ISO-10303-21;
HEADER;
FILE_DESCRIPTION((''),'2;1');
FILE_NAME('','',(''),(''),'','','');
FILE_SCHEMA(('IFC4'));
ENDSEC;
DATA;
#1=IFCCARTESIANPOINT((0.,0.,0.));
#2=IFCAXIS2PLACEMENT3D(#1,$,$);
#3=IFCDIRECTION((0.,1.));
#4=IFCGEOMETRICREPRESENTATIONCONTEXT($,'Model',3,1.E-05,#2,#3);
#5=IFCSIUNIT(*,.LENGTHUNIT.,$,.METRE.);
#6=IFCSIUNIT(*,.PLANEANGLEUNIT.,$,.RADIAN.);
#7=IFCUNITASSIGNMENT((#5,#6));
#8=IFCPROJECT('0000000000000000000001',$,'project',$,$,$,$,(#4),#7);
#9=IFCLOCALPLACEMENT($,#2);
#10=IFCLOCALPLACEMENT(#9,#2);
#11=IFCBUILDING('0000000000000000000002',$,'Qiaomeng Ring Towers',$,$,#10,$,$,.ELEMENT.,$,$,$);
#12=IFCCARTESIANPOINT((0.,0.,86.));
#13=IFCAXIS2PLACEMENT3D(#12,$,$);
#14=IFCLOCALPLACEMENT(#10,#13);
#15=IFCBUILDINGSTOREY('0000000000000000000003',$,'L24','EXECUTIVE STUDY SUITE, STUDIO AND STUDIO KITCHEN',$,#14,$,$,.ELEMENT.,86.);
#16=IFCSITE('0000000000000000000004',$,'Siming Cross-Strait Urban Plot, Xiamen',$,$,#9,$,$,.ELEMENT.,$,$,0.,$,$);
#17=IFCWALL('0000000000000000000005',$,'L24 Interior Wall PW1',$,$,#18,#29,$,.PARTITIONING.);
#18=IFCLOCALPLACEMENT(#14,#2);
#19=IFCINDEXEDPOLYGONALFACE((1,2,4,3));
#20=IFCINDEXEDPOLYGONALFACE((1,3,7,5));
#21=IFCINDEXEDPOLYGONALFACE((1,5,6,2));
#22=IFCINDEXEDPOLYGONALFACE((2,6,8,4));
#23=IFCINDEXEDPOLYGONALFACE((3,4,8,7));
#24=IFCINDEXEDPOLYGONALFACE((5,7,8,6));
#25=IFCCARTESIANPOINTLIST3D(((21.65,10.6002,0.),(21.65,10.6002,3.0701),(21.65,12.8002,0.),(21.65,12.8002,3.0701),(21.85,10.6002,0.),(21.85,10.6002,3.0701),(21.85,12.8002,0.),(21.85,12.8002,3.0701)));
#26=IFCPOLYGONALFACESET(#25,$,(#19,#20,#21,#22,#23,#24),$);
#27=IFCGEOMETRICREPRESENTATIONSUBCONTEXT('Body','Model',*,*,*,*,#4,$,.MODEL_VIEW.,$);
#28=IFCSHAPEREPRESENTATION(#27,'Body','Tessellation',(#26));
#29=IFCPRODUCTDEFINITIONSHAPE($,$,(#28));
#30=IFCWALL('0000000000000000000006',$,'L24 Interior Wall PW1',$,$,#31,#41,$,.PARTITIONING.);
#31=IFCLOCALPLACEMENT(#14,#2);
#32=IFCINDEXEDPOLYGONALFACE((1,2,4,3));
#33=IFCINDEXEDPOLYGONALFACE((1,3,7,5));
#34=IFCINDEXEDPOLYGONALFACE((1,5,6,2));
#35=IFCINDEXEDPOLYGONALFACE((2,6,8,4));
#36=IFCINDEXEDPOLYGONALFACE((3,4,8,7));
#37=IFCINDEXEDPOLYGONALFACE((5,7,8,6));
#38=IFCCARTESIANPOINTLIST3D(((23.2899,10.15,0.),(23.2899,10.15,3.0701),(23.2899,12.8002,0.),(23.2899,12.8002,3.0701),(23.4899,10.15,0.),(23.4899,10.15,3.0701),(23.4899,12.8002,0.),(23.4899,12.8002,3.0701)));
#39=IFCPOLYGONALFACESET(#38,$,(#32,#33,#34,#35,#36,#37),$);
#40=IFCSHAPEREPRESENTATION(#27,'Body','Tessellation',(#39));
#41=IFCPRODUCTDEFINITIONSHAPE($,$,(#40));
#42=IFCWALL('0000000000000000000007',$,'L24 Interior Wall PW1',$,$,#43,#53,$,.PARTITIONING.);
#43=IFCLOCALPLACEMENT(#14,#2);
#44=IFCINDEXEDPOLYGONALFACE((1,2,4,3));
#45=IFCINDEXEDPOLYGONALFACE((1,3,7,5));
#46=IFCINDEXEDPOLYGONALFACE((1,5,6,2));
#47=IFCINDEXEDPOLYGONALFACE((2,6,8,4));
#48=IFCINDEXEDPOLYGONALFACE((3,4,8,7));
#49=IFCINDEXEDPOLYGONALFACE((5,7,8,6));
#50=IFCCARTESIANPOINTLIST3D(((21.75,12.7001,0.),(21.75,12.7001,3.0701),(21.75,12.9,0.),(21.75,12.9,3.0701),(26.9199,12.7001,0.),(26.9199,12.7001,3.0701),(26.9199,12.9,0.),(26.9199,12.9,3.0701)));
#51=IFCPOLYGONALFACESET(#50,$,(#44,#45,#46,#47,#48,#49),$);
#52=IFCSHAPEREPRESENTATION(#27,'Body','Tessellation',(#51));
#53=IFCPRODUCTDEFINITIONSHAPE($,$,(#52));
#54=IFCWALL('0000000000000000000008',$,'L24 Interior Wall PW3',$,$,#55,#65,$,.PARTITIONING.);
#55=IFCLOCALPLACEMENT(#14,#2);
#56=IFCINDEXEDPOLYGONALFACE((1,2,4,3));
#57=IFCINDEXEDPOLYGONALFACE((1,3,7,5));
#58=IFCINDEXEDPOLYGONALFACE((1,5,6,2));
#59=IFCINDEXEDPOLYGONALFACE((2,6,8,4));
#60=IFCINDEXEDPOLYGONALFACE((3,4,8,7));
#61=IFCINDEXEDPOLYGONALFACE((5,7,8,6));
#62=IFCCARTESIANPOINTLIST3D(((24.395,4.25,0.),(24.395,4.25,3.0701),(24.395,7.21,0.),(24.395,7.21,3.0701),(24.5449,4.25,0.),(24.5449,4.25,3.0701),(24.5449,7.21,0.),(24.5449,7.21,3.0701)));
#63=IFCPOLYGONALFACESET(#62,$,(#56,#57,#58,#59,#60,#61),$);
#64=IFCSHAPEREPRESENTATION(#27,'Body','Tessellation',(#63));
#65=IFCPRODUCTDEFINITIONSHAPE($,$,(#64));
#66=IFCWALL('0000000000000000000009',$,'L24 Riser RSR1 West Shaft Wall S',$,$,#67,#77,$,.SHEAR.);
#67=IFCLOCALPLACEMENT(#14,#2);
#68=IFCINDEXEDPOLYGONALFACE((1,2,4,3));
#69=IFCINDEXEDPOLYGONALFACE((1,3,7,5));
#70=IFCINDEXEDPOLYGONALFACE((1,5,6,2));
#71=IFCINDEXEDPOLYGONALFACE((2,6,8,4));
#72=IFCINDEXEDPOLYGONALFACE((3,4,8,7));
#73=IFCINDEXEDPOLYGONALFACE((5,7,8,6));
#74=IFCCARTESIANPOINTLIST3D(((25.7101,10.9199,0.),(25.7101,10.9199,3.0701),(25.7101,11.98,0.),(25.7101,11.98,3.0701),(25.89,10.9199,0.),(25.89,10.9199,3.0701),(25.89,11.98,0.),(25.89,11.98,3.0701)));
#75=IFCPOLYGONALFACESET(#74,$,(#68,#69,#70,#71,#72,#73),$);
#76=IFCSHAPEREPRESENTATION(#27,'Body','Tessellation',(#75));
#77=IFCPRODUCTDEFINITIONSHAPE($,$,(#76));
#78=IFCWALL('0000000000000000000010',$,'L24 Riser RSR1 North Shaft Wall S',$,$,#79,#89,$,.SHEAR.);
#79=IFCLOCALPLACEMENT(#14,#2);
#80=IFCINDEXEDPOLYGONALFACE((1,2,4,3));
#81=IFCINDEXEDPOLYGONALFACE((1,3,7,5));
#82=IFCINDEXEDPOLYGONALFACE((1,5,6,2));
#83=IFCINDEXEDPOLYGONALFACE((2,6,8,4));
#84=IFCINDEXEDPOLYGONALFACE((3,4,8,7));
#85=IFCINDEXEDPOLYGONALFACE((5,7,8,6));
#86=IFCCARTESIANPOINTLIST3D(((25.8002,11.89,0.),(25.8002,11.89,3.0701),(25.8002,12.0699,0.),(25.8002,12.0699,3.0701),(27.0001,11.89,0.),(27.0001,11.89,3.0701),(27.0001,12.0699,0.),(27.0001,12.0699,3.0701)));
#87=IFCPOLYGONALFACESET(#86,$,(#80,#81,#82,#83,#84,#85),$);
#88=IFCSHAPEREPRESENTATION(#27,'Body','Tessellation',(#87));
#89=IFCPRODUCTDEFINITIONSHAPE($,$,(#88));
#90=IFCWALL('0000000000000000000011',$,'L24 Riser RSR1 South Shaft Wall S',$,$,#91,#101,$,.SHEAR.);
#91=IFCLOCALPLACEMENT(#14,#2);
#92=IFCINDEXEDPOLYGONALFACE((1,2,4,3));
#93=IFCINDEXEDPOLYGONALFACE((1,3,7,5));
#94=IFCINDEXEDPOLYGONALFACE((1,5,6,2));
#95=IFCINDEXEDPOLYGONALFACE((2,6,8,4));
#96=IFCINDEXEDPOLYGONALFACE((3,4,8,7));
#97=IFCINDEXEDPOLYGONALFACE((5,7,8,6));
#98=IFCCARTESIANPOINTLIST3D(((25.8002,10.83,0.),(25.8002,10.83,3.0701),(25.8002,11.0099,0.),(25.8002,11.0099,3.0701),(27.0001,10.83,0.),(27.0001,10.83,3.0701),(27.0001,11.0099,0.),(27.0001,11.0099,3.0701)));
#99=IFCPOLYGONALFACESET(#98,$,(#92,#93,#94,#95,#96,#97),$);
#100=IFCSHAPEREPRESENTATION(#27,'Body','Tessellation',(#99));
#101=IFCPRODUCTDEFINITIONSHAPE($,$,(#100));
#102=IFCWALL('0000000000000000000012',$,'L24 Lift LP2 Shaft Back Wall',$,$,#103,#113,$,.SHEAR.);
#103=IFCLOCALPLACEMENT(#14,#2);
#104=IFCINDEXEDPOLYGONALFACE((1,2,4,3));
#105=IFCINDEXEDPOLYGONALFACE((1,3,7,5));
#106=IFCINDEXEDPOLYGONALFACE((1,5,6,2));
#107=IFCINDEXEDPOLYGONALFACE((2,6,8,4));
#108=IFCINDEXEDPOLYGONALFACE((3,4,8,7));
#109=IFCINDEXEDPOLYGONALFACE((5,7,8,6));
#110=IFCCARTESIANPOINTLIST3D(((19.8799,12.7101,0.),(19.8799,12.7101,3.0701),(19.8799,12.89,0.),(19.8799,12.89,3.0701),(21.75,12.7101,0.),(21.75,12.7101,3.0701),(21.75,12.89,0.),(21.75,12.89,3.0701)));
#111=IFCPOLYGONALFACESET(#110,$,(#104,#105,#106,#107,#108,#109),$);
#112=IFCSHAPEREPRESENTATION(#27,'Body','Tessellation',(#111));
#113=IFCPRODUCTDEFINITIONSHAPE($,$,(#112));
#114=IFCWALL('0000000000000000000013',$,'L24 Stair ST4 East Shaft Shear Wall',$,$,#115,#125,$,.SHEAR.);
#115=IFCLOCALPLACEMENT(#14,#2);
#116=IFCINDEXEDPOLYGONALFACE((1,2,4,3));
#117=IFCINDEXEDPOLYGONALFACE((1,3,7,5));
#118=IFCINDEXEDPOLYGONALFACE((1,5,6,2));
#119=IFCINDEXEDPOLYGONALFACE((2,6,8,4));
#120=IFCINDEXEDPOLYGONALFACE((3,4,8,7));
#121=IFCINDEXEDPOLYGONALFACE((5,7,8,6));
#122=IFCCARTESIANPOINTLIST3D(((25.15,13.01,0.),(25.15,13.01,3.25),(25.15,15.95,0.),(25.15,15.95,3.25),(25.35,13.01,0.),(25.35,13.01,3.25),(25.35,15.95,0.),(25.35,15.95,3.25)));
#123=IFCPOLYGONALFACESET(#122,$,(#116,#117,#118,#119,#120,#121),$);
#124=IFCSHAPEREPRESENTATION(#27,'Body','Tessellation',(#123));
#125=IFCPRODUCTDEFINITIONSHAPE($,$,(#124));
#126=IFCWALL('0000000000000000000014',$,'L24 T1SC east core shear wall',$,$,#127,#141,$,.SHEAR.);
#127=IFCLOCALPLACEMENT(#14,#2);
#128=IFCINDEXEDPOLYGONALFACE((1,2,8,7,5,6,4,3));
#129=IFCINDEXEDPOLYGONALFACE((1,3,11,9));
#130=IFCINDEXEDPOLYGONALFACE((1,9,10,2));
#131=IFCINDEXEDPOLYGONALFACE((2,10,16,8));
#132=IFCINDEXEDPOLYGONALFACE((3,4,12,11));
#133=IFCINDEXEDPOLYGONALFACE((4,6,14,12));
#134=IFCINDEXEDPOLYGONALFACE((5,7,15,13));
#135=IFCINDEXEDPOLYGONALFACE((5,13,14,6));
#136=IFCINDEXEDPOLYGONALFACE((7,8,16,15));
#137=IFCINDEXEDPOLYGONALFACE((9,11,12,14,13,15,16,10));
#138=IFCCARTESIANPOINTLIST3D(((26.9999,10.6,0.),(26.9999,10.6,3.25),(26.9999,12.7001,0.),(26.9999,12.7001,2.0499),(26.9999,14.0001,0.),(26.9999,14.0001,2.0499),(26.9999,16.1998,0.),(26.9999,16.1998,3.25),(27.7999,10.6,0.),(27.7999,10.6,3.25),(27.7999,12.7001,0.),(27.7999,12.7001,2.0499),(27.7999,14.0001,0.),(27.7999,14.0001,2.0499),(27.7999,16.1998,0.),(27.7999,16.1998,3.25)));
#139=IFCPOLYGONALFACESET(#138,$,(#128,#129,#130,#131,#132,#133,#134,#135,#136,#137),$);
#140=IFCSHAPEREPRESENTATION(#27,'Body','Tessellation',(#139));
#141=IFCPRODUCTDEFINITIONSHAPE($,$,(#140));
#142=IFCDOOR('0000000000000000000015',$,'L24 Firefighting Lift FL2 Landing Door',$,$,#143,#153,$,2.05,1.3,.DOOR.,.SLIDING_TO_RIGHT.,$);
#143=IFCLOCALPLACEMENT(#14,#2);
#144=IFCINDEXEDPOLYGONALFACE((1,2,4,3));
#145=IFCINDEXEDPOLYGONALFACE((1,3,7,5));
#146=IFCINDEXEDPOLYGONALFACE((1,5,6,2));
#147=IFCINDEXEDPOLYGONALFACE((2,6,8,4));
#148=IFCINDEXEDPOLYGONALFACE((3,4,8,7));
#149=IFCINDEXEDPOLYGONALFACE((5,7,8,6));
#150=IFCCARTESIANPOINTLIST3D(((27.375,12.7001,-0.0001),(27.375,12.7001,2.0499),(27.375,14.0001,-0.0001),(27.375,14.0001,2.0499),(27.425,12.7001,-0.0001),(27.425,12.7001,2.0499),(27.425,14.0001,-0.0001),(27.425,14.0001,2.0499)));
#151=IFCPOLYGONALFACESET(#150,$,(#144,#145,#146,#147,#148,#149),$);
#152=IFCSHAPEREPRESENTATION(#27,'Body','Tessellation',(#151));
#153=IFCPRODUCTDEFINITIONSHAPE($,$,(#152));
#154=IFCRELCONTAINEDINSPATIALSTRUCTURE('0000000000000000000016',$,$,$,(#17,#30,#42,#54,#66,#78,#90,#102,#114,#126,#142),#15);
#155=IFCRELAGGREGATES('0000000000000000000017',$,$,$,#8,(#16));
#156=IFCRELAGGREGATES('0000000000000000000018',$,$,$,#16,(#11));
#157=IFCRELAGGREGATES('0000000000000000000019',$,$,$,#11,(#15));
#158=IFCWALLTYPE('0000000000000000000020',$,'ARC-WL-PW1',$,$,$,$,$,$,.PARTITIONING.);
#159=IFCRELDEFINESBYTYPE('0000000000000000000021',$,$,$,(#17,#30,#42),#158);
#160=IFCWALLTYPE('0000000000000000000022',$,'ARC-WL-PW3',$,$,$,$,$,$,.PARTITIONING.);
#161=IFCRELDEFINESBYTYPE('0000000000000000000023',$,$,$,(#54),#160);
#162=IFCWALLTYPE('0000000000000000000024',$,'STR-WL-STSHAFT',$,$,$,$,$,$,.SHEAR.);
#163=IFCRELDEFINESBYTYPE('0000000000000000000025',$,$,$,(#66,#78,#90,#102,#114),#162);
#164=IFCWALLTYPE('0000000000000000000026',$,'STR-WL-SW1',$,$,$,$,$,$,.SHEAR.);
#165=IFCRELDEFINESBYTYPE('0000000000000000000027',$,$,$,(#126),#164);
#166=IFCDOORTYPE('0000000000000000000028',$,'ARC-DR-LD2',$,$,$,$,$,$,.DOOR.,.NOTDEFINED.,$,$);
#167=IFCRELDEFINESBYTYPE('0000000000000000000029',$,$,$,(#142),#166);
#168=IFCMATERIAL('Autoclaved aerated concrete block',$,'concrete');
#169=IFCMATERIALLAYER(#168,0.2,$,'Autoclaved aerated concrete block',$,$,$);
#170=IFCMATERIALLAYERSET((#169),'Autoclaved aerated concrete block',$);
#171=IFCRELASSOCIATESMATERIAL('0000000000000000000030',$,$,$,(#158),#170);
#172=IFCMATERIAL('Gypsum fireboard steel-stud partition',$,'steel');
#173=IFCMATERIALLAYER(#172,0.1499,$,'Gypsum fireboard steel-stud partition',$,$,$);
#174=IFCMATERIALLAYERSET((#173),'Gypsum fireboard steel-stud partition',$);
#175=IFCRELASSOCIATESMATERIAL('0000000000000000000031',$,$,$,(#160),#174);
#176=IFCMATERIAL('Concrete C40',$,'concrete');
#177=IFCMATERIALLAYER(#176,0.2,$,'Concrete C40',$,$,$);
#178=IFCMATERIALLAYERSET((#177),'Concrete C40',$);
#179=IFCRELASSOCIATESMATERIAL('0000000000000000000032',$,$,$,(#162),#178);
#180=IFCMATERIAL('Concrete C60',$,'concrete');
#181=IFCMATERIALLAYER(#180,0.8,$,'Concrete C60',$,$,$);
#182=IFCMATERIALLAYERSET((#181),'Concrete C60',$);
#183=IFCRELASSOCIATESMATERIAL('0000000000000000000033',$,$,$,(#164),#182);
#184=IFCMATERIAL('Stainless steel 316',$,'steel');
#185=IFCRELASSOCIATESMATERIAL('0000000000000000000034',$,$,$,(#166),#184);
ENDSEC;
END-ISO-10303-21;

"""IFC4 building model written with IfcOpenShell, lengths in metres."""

from ifc_helpers import new_model, si_unit, direction, frame, frame_2d, origin, place, context, subcontext, project, spatial, rectangle, extrude, source, transform, mapped, material, layer, layer_set, type_object, element, fill, save


model = new_model("IFC4")

# Units and contexts
model_context = context("Model", 3, precision=1e-05, world=origin(), true_north=direction((0.0, 1.0)))
body_context = subcontext(model_context, "Body", "Model", "MODEL_VIEW")
ifc_project = project(units=[si_unit("LENGTHUNIT", "METRE"), si_unit("PLANEANGLEUNIT", "RADIAN")], contexts=[model_context])

# Site, building, storey
site_placement = place(None, origin())
site = spatial("IfcSite", under=ifc_project, at=site_placement, Name="Siming Cross-Strait Urban Plot, Xiamen", CompositionType="ELEMENT", RefElevation=0.0)
building_placement = place(site_placement, origin())
building = spatial("IfcBuilding", under=site, at=building_placement, Name="Qiaomeng Ring Towers", CompositionType="ELEMENT")
storey_placement = place(building_placement, frame((0.0, 0.0, 86.0)))
storey = spatial("IfcBuildingStorey", under=building, at=storey_placement, Name="L24", Description="EXECUTIVE STUDY SUITE, STUDIO AND STUDIO KITCHEN", CompositionType="ELEMENT", Elevation=86.0)

# Shared definitions
ifc_material_1 = material(Name="Autoclaved aerated concrete block", Category="concrete")
ifc_layer_1 = layer(ifc_material_1, 0.2, Name="Autoclaved aerated concrete block")
ifc_layer_set_1 = layer_set([ifc_layer_1], Name="Autoclaved aerated concrete block")
wall_type_1 = type_object("IfcWallType", Name="ARC-WL-PW1", PredefinedType="PARTITIONING", material=ifc_layer_set_1)

# Walls
wall_1_placement = place(storey_placement, frame((21.75, 10.6001, 0.0), z_axis=(0.0, 0.0, 1.0), x_axis=(0.0, 1.0, 0.0)))
element("IfcWall", 1, at=wall_1_placement, inside=storey, type_object=wall_type_1, Name="L24 Interior Wall PW1", PredefinedType="PARTITIONING", context=body_context, shape_type="SweptSolid", body=[
    extrude(rectangle(XDim=2.2, YDim=0.2, at=frame_2d((1.1001, 0.0))), origin(), (0.0, 0.0, 1.0), 3.0701),
])
wall_2_placement = place(storey_placement, frame((23.3899, 10.1499, 0.0), z_axis=(0.0, 0.0, 1.0), x_axis=(0.0, 1.0, 0.0)))
element("IfcWall", 2, at=wall_2_placement, inside=storey, type_object=wall_type_1, Name="L24 Interior Wall PW1", PredefinedType="PARTITIONING", context=body_context, shape_type="SweptSolid", body=[
    extrude(rectangle(XDim=2.6501, YDim=0.2, at=frame_2d((1.3252, 0.0))), origin(), (0.0, 0.0, 1.0), 3.0701),
])
wall_3_placement = place(storey_placement, frame((21.75, 12.8, 0.0), z_axis=(0.0, 0.0, 1.0), x_axis=(1.0, 0.0, 0.0)))
element("IfcWall", 3, at=wall_3_placement, inside=storey, type_object=wall_type_1, Name="L24 Interior Wall PW1", PredefinedType="PARTITIONING", context=body_context, shape_type="SweptSolid", body=[
    extrude(rectangle(XDim=5.1699, YDim=0.2, at=frame_2d((2.585, 0.0))), origin(), (0.0, 0.0, 1.0), 3.0701),
])
ifc_material_2 = material(Name="Gypsum fireboard steel-stud partition", Category="steel")
ifc_layer_2 = layer(ifc_material_2, 0.1499, Name="Gypsum fireboard steel-stud partition")
ifc_layer_set_2 = layer_set([ifc_layer_2], Name="Gypsum fireboard steel-stud partition")
wall_type_2 = type_object("IfcWallType", Name="ARC-WL-PW3", PredefinedType="PARTITIONING", material=ifc_layer_set_2)
wall_4_placement = place(storey_placement, frame((24.47, 4.25, 0.0), z_axis=(0.0, 0.0, 1.0), x_axis=(0.0, 1.0, 0.0)))
element("IfcWall", 4, at=wall_4_placement, inside=storey, type_object=wall_type_2, Name="L24 Interior Wall PW3", PredefinedType="PARTITIONING", context=body_context, shape_type="SweptSolid", body=[
    extrude(rectangle(XDim=2.96, YDim=0.1499, at=frame_2d((1.48, 0.0))), origin(), (0.0, 0.0, 1.0), 3.0701),
])
ifc_material_3 = material(Name="Concrete C40", Category="concrete")
ifc_layer_3 = layer(ifc_material_3, 0.2, Name="Concrete C40")
ifc_layer_set_3 = layer_set([ifc_layer_3], Name="Concrete C40")
wall_type_3 = type_object("IfcWallType", Name="STR-WL-STSHAFT", PredefinedType="SHEAR", material=ifc_layer_set_3)
wall_5_placement = place(storey_placement, frame((25.8, 10.9199, 0.0), z_axis=(0.0, 0.0, 1.0), x_axis=(0.0, 1.0, 0.0)))
element("IfcWall", 5, at=wall_5_placement, inside=storey, type_object=wall_type_3, Name="L24 Riser RSR1 West Shaft Wall S", PredefinedType="SHEAR", context=body_context, shape_type="SweptSolid", body=[
    extrude(rectangle(XDim=1.0601, YDim=0.1799, at=frame_2d((0.53, 0.0))), origin(), (0.0, 0.0, 1.0), 3.0701),
])
for number, where, z_axis, x_axis, name in (
    (6, (25.8, 11.98, 0.0), (0.0, 0.0, 1.0), (1.0, 0.0, 0.0), "L24 Riser RSR1 North Shaft Wall S"),
    (7, (25.8, 10.9199, 0.0), (0.0, 0.0, 1.0), (1.0, 0.0, 0.0), "L24 Riser RSR1 South Shaft Wall S"),
):
    element("IfcWall", number, at=place(storey_placement, frame(where, z_axis=z_axis, x_axis=x_axis)), inside=storey, type_object=wall_type_3, Name=name, PredefinedType="SHEAR", context=body_context, shape_type="SweptSolid", body=[
        extrude(rectangle(XDim=1.2, YDim=0.1799, at=frame_2d((0.6001, 0.0))), origin(), (0.0, 0.0, 1.0), 3.0701),
    ])
wall_6_placement = place(storey_placement, frame((19.8799, 12.8, 0.0), z_axis=(0.0, 0.0, 1.0), x_axis=(1.0, 0.0, 0.0)))
element("IfcWall", 8, at=wall_6_placement, inside=storey, type_object=wall_type_3, Name="L24 Lift LP2 Shaft Back Wall", PredefinedType="SHEAR", context=body_context, shape_type="SweptSolid", body=[
    extrude(rectangle(XDim=1.8701, YDim=0.1799, at=frame_2d((0.9351, 0.0))), origin(), (0.0, 0.0, 1.0), 3.0701),
])
wall_7_placement = place(storey_placement, frame((25.25, 13.01, 0.0), z_axis=(0.0, 0.0, 1.0), x_axis=(0.0, 1.0, 0.0)))
element("IfcWall", 9, at=wall_7_placement, inside=storey, type_object=wall_type_3, Name="L24 Stair ST4 East Shaft Shear Wall", PredefinedType="SHEAR", context=body_context, shape_type="SweptSolid", body=[
    extrude(rectangle(XDim=2.9399, YDim=0.2, at=frame_2d((1.47, 0.0))), origin(), (0.0, 0.0, 1.0), 3.25),
])

# Wall, opening, door
ifc_material_4 = material(Name="Concrete C60", Category="concrete")
ifc_layer_4 = layer(ifc_material_4, 0.8, Name="Concrete C60")
ifc_layer_set_4 = layer_set([ifc_layer_4], Name="Concrete C60")
wall_type_4 = type_object("IfcWallType", Name="STR-WL-SW1", PredefinedType="SHEAR", material=ifc_layer_set_4)
wall_8_placement = place(storey_placement, frame((27.3999, 10.6001, 0.0), z_axis=(0.0, 0.0, 1.0), x_axis=(0.0, 1.0, 0.0)))
wall_8 = element("IfcWall", 10, at=wall_8_placement, inside=storey, type_object=wall_type_4, Name="L24 T1SC east core shear wall", PredefinedType="SHEAR", context=body_context, shape_type="SweptSolid", body=[
    extrude(rectangle(XDim=5.5999, YDim=0.8, at=frame_2d((2.7998, 0.0))), origin(), (0.0, 0.0, 1.0), 3.25),
])
opening_1_placement = place(wall_8_placement, frame((2.1001, 0.0, 0.0)))
opening_1 = element("IfcOpeningElement", 11, at=opening_1_placement, cuts=wall_8, PredefinedType="OPENING", context=body_context, shape_type="SweptSolid", body=[
    extrude(rectangle(XDim=1.3, YDim=2.05, at=frame_2d((0.6499, 1.0249))), frame((0.0, 0.4099, 0.0), z_axis=(0.0, -1.0, 0.0), x_axis=(1.0, 0.0, 0.0)), (0.0, 0.0, 1.0), 0.8201),
])
ifc_material_5 = material(Name="Stainless steel 316", Category="steel")
door_type_1 = type_object("IfcDoorType", Name="ARC-DR-LD2", OperationType="NOTDEFINED", PredefinedType="DOOR", material=ifc_material_5)
shared_shape_1 = source(origin(), body_context, "Body", "SweptSolid", [
    extrude(rectangle(XDim=1.3, YDim=2.05, at=frame_2d((0.6499, 1.0249))), frame((0.0, 0.0249, 0.0), z_axis=(0.0, -1.0, 0.0), x_axis=(1.0, 0.0, 0.0)), (0.0, 0.0, 1.0), 0.05),
])
door_1_placement = place(opening_1_placement, origin())
door_1 = element("IfcDoor", 12, at=door_1_placement, inside=storey, type_object=door_type_1, Name="L24 Firefighting Lift FL2 Landing Door", OperationType="SLIDING_TO_RIGHT", OverallHeight=2.05, OverallWidth=1.3, PredefinedType="DOOR", context=body_context, shape_type="MappedRepresentation", body=[
    mapped(shared_shape_1, transform((0.0, 0.0, 0.0), x_axis=(1.0, 0.0, 0.0), y_axis=(0.0, 1.0, 0.0), z_axis=(0.0, 0.0, 1.0), scale=1.0)),
])
fill(opening_1, door_1)

save(model, "model.ifc")
